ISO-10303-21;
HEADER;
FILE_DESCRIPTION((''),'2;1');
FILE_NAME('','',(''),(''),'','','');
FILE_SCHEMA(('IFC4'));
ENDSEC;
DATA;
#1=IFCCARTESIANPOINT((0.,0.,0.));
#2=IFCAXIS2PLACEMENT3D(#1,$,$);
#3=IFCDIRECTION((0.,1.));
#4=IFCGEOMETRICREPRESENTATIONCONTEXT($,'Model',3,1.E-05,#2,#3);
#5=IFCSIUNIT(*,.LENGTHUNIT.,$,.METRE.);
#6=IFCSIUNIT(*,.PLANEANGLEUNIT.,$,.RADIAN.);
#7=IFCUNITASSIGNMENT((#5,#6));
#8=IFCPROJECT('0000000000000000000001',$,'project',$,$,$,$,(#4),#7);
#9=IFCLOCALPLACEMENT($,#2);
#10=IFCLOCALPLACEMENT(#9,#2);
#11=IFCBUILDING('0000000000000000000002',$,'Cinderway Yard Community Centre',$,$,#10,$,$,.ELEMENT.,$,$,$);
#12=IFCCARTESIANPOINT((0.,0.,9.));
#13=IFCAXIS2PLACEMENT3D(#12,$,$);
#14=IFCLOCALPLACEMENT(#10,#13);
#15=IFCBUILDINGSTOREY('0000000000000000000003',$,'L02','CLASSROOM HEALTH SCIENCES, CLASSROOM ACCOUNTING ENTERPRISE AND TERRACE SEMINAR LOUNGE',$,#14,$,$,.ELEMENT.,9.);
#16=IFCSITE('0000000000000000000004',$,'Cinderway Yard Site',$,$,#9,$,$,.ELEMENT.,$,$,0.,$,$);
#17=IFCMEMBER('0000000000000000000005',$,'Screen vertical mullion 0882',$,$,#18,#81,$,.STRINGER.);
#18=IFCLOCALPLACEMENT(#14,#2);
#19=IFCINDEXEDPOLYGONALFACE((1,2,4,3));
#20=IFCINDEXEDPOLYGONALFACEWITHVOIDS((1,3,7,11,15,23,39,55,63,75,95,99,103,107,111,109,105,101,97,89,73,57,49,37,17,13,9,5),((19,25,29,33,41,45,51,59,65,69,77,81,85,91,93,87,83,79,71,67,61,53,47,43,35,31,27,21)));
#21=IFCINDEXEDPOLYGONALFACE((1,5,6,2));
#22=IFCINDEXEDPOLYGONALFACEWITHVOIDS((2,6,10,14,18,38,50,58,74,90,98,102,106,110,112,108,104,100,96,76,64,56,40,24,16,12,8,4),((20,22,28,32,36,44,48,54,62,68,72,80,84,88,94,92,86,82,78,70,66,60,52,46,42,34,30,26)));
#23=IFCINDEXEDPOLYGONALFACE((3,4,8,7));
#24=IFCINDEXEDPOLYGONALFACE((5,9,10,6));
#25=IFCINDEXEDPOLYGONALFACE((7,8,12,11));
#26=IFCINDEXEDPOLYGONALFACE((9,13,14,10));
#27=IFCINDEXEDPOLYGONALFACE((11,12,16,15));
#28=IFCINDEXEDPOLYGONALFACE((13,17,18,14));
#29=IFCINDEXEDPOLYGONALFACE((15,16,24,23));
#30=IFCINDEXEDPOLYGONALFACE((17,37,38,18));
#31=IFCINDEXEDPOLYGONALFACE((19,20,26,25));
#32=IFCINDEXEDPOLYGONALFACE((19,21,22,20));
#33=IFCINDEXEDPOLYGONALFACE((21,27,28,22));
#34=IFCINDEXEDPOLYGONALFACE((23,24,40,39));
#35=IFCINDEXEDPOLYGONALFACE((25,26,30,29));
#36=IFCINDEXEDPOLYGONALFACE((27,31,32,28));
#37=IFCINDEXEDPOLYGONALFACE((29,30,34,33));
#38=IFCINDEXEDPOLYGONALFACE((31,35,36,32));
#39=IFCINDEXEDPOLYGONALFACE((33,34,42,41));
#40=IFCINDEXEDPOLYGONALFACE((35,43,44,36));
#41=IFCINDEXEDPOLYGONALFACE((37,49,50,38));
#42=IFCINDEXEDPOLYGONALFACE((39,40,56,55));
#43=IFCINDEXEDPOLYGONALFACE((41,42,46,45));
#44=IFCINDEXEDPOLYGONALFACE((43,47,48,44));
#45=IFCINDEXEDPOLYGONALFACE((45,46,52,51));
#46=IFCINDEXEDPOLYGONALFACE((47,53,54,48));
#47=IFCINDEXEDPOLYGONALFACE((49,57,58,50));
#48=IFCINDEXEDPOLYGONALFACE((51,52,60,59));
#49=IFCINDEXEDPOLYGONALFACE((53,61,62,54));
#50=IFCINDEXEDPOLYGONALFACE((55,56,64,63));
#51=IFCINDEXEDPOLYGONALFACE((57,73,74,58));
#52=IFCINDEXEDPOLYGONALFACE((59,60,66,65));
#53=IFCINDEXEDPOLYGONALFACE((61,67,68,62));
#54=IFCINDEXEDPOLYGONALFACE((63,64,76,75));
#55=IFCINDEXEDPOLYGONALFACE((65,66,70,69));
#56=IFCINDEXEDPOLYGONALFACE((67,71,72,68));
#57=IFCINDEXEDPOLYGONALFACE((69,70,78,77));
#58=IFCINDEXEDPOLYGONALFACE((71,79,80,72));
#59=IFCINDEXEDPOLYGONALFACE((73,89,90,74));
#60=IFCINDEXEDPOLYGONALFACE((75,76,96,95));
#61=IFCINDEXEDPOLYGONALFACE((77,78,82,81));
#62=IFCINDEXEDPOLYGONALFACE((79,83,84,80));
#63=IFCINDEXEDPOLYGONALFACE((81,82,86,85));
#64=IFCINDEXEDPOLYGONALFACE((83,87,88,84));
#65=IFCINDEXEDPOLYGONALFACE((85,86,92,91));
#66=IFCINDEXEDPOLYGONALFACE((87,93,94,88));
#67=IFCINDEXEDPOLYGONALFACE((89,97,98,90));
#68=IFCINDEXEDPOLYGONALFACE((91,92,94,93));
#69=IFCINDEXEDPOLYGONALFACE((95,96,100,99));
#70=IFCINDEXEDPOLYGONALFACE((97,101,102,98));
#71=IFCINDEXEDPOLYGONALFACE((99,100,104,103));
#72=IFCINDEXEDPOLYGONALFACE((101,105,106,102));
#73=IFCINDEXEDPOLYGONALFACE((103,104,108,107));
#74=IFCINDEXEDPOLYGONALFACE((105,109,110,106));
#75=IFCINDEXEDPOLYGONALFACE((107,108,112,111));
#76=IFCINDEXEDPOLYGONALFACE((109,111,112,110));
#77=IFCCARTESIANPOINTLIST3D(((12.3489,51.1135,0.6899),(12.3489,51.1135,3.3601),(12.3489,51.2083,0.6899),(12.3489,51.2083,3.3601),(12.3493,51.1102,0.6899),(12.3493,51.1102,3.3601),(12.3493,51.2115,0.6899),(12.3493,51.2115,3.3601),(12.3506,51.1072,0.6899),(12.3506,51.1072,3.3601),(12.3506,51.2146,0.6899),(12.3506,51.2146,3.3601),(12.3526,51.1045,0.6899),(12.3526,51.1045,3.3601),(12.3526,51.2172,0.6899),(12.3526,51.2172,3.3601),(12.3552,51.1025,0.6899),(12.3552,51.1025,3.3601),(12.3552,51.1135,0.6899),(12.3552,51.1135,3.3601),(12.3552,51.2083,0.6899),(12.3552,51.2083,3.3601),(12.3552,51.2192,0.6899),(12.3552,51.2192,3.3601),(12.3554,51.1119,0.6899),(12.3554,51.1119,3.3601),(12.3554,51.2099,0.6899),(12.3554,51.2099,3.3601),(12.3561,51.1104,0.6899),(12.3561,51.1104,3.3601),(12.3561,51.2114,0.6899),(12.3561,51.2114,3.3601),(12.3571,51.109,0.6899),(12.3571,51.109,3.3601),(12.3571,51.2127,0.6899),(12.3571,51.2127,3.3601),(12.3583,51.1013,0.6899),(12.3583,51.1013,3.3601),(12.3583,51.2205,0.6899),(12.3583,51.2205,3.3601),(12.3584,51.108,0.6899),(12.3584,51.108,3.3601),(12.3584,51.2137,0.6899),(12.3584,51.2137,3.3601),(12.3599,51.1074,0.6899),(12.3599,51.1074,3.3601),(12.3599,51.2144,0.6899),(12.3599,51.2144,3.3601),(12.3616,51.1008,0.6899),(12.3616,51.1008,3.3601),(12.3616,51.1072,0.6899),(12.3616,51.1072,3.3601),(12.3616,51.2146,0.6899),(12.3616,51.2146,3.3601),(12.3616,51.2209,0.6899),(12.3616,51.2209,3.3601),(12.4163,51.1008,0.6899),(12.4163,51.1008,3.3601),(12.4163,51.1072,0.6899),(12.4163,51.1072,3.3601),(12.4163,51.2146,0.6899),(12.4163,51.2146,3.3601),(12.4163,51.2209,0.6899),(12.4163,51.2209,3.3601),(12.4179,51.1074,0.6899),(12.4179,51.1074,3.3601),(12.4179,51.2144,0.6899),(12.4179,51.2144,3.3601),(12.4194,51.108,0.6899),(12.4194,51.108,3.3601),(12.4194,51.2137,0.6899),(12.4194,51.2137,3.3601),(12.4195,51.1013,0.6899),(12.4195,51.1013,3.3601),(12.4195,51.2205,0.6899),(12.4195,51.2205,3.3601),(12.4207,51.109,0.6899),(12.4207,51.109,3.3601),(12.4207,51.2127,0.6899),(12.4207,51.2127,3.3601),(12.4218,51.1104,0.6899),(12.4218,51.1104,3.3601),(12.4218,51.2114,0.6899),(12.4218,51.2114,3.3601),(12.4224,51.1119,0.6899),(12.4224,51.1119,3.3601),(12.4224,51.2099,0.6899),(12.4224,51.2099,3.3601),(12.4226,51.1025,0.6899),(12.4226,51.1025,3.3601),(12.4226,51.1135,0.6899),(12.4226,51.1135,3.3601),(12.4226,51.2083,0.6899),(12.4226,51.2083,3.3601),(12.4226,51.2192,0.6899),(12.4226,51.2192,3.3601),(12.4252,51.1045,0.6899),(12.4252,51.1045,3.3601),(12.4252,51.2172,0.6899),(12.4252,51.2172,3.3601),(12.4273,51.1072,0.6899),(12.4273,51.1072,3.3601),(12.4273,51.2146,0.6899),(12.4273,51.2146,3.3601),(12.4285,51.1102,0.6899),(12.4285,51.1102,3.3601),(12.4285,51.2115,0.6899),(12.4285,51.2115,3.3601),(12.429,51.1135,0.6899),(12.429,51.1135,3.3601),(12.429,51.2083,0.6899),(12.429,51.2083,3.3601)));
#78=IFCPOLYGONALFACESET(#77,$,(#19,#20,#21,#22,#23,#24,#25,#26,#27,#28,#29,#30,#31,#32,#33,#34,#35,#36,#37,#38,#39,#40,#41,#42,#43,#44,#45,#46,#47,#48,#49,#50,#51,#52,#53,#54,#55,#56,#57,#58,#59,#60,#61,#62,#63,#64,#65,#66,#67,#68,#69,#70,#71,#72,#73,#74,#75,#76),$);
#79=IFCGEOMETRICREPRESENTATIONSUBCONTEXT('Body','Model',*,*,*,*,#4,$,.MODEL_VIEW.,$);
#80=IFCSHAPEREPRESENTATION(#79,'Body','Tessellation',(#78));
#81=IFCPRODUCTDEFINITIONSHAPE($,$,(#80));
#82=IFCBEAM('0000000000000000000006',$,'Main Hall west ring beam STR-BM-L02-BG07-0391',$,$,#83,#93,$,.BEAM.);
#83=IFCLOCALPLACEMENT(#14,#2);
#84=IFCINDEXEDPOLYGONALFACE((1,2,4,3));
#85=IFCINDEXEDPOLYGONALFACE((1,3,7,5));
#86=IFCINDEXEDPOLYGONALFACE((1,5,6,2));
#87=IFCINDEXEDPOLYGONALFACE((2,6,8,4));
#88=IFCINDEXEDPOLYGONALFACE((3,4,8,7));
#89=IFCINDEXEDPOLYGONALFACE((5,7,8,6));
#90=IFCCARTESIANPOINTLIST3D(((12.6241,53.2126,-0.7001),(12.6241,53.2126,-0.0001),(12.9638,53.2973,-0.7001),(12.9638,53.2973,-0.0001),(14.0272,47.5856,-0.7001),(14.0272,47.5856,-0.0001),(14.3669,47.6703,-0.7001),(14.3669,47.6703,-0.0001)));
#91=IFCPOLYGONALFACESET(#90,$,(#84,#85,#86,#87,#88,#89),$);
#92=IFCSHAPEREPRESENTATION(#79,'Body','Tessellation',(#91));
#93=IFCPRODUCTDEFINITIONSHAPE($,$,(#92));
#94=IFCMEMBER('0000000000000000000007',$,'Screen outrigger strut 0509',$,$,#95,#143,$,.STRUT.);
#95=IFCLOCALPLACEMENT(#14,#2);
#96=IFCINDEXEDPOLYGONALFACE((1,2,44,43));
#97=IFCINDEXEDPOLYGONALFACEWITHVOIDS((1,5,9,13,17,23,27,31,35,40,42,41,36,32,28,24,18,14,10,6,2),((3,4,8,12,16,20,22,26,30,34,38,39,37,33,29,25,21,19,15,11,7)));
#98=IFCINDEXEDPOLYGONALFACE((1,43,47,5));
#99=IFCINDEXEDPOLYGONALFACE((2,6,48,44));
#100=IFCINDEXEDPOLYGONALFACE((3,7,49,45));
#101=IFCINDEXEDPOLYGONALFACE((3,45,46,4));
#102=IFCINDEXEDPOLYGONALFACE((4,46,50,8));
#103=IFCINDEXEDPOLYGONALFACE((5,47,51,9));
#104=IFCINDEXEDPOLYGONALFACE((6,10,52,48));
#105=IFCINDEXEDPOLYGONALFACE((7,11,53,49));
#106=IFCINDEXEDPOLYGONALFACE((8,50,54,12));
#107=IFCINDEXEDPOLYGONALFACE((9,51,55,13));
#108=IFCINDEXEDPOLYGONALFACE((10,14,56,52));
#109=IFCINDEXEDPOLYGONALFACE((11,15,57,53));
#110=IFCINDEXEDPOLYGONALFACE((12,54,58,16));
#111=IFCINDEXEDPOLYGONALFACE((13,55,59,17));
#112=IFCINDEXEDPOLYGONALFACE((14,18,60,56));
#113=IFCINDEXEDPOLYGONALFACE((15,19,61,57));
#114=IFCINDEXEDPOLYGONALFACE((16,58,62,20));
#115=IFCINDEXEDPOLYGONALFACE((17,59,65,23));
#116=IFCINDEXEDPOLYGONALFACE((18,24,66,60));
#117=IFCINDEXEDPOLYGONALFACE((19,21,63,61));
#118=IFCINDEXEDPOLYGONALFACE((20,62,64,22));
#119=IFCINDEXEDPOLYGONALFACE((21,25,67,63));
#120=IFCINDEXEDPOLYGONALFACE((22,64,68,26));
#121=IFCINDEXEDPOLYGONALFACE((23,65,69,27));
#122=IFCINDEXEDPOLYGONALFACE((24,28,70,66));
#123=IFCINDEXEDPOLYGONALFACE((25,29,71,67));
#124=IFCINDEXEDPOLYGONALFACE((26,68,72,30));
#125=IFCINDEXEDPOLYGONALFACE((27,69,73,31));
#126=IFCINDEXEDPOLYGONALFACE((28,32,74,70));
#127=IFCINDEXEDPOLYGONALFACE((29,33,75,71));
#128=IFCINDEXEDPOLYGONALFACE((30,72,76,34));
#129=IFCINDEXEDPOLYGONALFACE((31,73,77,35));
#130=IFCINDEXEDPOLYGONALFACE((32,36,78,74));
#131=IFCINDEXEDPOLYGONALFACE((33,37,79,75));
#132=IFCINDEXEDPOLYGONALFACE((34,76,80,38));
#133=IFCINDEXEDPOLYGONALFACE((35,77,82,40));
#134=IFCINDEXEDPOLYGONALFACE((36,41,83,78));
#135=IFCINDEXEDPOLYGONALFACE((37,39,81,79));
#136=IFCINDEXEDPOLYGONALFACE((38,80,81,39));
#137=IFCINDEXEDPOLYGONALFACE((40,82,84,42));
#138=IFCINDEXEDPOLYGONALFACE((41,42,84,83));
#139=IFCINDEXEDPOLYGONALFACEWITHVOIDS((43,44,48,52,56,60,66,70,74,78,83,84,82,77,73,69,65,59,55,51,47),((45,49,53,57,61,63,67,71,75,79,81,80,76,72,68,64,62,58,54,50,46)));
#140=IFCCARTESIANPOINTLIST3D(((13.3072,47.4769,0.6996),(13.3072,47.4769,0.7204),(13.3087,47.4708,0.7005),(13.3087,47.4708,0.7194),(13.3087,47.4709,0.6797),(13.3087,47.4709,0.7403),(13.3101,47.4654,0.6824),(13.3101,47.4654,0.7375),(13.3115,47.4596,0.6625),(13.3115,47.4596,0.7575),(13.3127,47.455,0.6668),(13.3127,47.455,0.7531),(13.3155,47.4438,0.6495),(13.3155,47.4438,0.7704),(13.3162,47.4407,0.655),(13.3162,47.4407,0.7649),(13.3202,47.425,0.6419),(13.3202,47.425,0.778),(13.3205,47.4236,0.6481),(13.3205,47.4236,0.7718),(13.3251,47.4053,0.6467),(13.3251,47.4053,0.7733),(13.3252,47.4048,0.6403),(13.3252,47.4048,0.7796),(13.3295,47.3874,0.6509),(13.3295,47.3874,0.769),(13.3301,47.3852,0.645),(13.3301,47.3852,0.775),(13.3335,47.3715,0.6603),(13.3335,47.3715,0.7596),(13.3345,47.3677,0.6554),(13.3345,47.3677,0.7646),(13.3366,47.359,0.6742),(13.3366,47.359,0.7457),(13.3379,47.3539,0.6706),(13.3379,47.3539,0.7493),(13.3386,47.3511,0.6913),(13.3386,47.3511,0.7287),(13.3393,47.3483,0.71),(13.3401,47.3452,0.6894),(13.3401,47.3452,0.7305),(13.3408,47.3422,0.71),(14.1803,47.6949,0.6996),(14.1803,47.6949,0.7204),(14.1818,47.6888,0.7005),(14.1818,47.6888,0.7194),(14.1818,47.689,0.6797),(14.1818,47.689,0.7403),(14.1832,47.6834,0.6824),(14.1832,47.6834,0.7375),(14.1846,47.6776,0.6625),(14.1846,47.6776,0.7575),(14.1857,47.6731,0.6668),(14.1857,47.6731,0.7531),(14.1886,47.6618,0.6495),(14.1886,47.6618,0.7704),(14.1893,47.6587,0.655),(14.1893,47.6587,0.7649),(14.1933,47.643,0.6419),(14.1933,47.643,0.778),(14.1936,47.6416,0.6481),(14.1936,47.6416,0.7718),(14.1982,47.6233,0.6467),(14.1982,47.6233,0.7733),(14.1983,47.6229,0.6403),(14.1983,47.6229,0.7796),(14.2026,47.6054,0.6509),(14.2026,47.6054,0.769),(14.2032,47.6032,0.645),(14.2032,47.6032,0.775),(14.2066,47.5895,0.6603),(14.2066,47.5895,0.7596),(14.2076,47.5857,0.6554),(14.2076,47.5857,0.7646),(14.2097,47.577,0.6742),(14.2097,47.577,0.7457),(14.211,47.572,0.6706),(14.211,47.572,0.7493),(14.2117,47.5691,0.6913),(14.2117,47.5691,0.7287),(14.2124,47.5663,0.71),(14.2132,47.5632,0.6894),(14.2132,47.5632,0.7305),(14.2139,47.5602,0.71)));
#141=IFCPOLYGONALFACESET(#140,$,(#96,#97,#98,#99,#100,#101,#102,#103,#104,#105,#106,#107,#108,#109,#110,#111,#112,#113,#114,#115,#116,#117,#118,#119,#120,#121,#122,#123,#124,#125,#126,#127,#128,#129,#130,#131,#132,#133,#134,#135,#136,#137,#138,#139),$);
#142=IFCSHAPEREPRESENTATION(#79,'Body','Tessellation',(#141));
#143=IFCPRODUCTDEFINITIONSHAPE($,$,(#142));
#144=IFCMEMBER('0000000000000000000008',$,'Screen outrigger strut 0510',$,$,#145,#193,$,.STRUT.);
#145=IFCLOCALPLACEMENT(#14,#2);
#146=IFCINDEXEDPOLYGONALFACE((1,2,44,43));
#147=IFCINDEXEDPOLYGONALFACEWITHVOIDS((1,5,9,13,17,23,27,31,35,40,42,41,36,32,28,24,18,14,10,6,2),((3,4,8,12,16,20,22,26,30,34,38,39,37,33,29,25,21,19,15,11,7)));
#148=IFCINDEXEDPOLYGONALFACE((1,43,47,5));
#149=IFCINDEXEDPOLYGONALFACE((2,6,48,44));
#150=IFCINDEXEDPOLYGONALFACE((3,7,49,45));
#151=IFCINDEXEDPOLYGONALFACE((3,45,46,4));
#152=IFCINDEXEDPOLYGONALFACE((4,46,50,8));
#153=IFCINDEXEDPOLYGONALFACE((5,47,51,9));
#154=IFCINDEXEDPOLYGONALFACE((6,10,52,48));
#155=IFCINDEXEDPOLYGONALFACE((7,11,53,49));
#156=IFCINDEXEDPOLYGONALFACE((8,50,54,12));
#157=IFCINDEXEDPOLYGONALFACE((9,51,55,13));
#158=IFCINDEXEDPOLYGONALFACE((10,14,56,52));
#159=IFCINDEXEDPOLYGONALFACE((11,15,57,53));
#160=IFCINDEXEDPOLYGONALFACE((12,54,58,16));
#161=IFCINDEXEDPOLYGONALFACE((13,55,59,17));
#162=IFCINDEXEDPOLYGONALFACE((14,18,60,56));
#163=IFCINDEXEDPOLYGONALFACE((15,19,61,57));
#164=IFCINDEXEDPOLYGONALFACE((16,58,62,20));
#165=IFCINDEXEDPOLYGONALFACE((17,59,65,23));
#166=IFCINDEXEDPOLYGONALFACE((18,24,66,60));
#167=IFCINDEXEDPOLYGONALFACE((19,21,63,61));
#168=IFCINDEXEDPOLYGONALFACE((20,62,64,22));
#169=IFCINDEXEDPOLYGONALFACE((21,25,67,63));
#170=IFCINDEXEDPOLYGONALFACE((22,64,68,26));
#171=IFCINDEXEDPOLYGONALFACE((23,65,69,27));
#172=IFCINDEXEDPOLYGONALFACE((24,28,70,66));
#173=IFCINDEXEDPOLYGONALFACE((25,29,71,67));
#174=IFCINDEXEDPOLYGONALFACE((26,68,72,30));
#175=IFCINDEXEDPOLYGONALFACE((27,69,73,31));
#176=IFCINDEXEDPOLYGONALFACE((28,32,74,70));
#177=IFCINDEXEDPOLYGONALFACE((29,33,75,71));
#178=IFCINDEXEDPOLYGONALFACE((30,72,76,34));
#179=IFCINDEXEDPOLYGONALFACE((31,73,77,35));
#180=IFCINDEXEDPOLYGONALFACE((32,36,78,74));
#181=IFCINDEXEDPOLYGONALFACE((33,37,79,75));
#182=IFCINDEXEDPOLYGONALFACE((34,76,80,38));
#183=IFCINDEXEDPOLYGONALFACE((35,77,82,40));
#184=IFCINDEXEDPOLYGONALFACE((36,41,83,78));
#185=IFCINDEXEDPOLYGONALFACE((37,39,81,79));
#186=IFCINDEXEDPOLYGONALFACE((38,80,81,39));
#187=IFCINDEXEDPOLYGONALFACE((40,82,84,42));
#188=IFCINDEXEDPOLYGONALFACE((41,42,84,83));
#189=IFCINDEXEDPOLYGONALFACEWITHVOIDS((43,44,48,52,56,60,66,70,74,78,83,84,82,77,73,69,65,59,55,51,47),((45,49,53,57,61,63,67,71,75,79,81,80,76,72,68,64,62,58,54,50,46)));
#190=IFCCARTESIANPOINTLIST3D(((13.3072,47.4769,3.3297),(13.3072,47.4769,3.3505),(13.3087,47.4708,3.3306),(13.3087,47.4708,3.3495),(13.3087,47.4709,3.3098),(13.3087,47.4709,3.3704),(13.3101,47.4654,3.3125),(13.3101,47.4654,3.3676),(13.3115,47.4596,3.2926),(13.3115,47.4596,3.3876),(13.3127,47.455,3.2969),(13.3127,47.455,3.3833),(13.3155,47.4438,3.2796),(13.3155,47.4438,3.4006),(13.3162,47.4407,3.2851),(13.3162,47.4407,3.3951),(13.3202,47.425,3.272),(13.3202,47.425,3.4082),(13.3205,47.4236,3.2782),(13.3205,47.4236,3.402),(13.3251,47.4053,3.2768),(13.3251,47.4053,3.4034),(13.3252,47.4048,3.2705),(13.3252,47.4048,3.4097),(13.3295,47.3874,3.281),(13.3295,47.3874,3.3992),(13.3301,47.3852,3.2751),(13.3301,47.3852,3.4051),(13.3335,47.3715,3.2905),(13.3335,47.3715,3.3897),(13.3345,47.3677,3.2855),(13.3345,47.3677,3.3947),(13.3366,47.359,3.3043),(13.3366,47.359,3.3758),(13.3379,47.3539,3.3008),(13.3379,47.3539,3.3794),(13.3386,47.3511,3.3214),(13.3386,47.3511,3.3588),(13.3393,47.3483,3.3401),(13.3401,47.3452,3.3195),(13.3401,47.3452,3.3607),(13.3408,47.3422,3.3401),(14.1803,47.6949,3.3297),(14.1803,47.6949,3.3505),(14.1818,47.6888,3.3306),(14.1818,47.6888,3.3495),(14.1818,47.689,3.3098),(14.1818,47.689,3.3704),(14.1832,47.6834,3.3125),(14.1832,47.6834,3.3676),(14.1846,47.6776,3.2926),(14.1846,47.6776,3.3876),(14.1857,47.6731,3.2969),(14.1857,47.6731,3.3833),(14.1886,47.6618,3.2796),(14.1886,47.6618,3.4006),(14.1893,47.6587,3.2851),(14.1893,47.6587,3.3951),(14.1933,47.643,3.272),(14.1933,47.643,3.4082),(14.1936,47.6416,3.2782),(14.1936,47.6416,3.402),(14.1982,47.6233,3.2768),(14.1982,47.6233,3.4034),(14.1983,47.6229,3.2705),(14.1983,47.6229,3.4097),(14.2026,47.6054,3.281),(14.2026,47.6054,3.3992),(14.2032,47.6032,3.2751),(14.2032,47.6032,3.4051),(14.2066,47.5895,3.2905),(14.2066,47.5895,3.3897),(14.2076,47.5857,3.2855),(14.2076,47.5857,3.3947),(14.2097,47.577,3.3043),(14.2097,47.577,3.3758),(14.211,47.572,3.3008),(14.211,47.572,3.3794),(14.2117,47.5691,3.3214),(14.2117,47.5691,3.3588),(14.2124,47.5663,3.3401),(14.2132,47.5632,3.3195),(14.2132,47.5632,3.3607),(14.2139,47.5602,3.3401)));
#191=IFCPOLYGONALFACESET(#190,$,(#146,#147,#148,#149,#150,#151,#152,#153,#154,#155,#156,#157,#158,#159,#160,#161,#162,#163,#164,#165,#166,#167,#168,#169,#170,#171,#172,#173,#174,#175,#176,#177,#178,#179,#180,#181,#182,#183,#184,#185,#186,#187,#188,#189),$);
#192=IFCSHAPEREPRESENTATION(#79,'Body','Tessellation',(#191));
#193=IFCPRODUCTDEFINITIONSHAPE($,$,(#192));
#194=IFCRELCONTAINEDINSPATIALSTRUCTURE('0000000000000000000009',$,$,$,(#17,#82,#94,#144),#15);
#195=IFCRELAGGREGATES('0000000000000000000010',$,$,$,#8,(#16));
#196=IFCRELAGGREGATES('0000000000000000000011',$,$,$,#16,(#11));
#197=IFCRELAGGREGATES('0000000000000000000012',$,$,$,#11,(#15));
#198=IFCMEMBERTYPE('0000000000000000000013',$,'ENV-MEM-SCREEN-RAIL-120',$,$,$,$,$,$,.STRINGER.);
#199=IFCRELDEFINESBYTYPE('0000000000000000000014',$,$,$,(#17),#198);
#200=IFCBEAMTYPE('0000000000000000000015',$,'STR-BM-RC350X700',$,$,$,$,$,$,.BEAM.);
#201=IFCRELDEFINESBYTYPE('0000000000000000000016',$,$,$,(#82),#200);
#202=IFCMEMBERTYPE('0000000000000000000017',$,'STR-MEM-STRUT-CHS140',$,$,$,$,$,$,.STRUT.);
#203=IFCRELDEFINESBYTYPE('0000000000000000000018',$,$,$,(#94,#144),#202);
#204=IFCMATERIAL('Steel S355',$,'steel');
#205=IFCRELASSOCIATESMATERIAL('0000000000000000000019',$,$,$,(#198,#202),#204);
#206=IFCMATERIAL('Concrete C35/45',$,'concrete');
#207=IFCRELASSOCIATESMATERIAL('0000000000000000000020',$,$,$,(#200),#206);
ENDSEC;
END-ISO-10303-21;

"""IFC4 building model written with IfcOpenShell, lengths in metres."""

from ifc_helpers import new_model, si_unit, direction, frame, origin, origin_2d, place, context, subcontext, project, spatial, rectangle, hollow_rectangle, hollow_circle, extrude, material, material_profile, profile_set, type_object, element, save


model = new_model("IFC4")

# Units and contexts
model_context = context("Model", 3, precision=1e-05, world=origin(), true_north=direction((0.0, 1.0)))
body_context = subcontext(model_context, "Body", "Model", "MODEL_VIEW")
ifc_project = project(units=[si_unit("LENGTHUNIT", "METRE"), si_unit("PLANEANGLEUNIT", "RADIAN")], contexts=[model_context])

# Site, building, storey
site_placement = place(None, origin())
site = spatial("IfcSite", under=ifc_project, at=site_placement, Name="Cinderway Yard Site", CompositionType="ELEMENT", RefElevation=0.0)
building_placement = place(site_placement, origin())
building = spatial("IfcBuilding", under=site, at=building_placement, Name="Cinderway Yard Community Centre", CompositionType="ELEMENT")
storey_placement = place(building_placement, frame((0.0, 0.0, 9.0)))
storey = spatial("IfcBuildingStorey", under=building, at=storey_placement, Name="L02", Description="CLASSROOM HEALTH SCIENCES, CLASSROOM ACCOUNTING ENTERPRISE AND TERRACE SEMINAR LOUNGE", CompositionType="ELEMENT", Elevation=9.0)

# Member
ifc_material_1 = material(Name="Steel S355", Category="steel")
ifc_material_profile_1 = material_profile(ifc_material_1, hollow_rectangle(XDim=0.0801, YDim=0.1201, WallThickness=0.0063, InnerFilletRadius=0.0063, OuterFilletRadius=0.0127, at=origin_2d()), Name="Steel S355")
ifc_profile_set_1 = profile_set([ifc_material_profile_1], Name="Steel S355")
member_type_1 = type_object("IfcMemberType", Name="ENV-MEM-SCREEN-RAIL-120", PredefinedType="STRINGER", material=ifc_profile_set_1)
for number, where, z_axis, x_axis, name in (
    (1, (12.3889, 51.1609, 0.6899), (0.0, 0.0, 1.0), (1.0, 0.0, 0.0), "Screen vertical mullion 0882"),
):
    element("IfcMember", number, at=place(storey_placement, frame(where, z_axis=z_axis, x_axis=x_axis)), inside=storey, type_object=member_type_1, Name=name, PredefinedType="STRINGER", context=body_context, shape_type="SweptSolid", body=[
        extrude(hollow_rectangle(XDim=0.0801, YDim=0.1201, WallThickness=0.0063, InnerFilletRadius=0.0063, OuterFilletRadius=0.0127, at=origin_2d()), origin(), (0.0, 0.0, 1.0), 2.6702),
    ])

# Beam
ifc_material_2 = material(Name="Concrete C35/45", Category="concrete")
ifc_material_profile_2 = material_profile(ifc_material_2, rectangle(XDim=0.3501, YDim=0.7, at=origin_2d()), Name="Concrete C35/45")
ifc_profile_set_2 = profile_set([ifc_material_profile_2], Name="Concrete C35/45")
beam_type = type_object("IfcBeamType", Name="STR-BM-RC350X700", PredefinedType="BEAM", material=ifc_profile_set_2)
beam_placement = place(storey_placement, frame((14.197, 47.6279, -0.3501), z_axis=(-0.241941, 0.970291, 0.0), x_axis=(-0.970291, -0.241941, 0.0)))
element("IfcBeam", 2, at=beam_placement, inside=storey, type_object=beam_type, Name="Main Hall west ring beam STR-BM-L02-BG07-0391", PredefinedType="BEAM", context=body_context, shape_type="SweptSolid", body=[
    extrude(rectangle(XDim=0.3501, YDim=0.7, at=origin_2d()), origin(), (0.0, 0.0, 1.0), 5.7993),
])

# Members
ifc_material_profile_3 = material_profile(ifc_material_1, hollow_circle(Radius=0.0698, WallThickness=0.0063, at=origin_2d()), Name="Steel S355")
ifc_profile_set_3 = profile_set([ifc_material_profile_3], Name="Steel S355")
member_type_2 = type_object("IfcMemberType", Name="STR-MEM-STRUT-CHS140", PredefinedType="STRUT", material=ifc_profile_set_3)
for number, where, z_axis, x_axis, name in (
    (3, (14.197, 47.6279, 0.71), (-0.970206, -0.24228, 0.0), (0.24228, -0.970206, 0.0), "Screen outrigger strut 0509"),
    (4, (14.197, 47.6279, 3.3401), (-0.970206, -0.24228, 0.0), (0.24228, -0.970206, 0.0), "Screen outrigger strut 0510"),
):
    element("IfcMember", number, at=place(storey_placement, frame(where, z_axis=z_axis, x_axis=x_axis)), inside=storey, type_object=member_type_2, Name=name, PredefinedType="STRUT", context=body_context, shape_type="SweptSolid", body=[
        extrude(hollow_circle(Radius=0.0698, WallThickness=0.0063, at=origin_2d()), origin(), (0.0, 0.0, 1.0), 0.8999),
    ])

save(model, "model.ifc")
